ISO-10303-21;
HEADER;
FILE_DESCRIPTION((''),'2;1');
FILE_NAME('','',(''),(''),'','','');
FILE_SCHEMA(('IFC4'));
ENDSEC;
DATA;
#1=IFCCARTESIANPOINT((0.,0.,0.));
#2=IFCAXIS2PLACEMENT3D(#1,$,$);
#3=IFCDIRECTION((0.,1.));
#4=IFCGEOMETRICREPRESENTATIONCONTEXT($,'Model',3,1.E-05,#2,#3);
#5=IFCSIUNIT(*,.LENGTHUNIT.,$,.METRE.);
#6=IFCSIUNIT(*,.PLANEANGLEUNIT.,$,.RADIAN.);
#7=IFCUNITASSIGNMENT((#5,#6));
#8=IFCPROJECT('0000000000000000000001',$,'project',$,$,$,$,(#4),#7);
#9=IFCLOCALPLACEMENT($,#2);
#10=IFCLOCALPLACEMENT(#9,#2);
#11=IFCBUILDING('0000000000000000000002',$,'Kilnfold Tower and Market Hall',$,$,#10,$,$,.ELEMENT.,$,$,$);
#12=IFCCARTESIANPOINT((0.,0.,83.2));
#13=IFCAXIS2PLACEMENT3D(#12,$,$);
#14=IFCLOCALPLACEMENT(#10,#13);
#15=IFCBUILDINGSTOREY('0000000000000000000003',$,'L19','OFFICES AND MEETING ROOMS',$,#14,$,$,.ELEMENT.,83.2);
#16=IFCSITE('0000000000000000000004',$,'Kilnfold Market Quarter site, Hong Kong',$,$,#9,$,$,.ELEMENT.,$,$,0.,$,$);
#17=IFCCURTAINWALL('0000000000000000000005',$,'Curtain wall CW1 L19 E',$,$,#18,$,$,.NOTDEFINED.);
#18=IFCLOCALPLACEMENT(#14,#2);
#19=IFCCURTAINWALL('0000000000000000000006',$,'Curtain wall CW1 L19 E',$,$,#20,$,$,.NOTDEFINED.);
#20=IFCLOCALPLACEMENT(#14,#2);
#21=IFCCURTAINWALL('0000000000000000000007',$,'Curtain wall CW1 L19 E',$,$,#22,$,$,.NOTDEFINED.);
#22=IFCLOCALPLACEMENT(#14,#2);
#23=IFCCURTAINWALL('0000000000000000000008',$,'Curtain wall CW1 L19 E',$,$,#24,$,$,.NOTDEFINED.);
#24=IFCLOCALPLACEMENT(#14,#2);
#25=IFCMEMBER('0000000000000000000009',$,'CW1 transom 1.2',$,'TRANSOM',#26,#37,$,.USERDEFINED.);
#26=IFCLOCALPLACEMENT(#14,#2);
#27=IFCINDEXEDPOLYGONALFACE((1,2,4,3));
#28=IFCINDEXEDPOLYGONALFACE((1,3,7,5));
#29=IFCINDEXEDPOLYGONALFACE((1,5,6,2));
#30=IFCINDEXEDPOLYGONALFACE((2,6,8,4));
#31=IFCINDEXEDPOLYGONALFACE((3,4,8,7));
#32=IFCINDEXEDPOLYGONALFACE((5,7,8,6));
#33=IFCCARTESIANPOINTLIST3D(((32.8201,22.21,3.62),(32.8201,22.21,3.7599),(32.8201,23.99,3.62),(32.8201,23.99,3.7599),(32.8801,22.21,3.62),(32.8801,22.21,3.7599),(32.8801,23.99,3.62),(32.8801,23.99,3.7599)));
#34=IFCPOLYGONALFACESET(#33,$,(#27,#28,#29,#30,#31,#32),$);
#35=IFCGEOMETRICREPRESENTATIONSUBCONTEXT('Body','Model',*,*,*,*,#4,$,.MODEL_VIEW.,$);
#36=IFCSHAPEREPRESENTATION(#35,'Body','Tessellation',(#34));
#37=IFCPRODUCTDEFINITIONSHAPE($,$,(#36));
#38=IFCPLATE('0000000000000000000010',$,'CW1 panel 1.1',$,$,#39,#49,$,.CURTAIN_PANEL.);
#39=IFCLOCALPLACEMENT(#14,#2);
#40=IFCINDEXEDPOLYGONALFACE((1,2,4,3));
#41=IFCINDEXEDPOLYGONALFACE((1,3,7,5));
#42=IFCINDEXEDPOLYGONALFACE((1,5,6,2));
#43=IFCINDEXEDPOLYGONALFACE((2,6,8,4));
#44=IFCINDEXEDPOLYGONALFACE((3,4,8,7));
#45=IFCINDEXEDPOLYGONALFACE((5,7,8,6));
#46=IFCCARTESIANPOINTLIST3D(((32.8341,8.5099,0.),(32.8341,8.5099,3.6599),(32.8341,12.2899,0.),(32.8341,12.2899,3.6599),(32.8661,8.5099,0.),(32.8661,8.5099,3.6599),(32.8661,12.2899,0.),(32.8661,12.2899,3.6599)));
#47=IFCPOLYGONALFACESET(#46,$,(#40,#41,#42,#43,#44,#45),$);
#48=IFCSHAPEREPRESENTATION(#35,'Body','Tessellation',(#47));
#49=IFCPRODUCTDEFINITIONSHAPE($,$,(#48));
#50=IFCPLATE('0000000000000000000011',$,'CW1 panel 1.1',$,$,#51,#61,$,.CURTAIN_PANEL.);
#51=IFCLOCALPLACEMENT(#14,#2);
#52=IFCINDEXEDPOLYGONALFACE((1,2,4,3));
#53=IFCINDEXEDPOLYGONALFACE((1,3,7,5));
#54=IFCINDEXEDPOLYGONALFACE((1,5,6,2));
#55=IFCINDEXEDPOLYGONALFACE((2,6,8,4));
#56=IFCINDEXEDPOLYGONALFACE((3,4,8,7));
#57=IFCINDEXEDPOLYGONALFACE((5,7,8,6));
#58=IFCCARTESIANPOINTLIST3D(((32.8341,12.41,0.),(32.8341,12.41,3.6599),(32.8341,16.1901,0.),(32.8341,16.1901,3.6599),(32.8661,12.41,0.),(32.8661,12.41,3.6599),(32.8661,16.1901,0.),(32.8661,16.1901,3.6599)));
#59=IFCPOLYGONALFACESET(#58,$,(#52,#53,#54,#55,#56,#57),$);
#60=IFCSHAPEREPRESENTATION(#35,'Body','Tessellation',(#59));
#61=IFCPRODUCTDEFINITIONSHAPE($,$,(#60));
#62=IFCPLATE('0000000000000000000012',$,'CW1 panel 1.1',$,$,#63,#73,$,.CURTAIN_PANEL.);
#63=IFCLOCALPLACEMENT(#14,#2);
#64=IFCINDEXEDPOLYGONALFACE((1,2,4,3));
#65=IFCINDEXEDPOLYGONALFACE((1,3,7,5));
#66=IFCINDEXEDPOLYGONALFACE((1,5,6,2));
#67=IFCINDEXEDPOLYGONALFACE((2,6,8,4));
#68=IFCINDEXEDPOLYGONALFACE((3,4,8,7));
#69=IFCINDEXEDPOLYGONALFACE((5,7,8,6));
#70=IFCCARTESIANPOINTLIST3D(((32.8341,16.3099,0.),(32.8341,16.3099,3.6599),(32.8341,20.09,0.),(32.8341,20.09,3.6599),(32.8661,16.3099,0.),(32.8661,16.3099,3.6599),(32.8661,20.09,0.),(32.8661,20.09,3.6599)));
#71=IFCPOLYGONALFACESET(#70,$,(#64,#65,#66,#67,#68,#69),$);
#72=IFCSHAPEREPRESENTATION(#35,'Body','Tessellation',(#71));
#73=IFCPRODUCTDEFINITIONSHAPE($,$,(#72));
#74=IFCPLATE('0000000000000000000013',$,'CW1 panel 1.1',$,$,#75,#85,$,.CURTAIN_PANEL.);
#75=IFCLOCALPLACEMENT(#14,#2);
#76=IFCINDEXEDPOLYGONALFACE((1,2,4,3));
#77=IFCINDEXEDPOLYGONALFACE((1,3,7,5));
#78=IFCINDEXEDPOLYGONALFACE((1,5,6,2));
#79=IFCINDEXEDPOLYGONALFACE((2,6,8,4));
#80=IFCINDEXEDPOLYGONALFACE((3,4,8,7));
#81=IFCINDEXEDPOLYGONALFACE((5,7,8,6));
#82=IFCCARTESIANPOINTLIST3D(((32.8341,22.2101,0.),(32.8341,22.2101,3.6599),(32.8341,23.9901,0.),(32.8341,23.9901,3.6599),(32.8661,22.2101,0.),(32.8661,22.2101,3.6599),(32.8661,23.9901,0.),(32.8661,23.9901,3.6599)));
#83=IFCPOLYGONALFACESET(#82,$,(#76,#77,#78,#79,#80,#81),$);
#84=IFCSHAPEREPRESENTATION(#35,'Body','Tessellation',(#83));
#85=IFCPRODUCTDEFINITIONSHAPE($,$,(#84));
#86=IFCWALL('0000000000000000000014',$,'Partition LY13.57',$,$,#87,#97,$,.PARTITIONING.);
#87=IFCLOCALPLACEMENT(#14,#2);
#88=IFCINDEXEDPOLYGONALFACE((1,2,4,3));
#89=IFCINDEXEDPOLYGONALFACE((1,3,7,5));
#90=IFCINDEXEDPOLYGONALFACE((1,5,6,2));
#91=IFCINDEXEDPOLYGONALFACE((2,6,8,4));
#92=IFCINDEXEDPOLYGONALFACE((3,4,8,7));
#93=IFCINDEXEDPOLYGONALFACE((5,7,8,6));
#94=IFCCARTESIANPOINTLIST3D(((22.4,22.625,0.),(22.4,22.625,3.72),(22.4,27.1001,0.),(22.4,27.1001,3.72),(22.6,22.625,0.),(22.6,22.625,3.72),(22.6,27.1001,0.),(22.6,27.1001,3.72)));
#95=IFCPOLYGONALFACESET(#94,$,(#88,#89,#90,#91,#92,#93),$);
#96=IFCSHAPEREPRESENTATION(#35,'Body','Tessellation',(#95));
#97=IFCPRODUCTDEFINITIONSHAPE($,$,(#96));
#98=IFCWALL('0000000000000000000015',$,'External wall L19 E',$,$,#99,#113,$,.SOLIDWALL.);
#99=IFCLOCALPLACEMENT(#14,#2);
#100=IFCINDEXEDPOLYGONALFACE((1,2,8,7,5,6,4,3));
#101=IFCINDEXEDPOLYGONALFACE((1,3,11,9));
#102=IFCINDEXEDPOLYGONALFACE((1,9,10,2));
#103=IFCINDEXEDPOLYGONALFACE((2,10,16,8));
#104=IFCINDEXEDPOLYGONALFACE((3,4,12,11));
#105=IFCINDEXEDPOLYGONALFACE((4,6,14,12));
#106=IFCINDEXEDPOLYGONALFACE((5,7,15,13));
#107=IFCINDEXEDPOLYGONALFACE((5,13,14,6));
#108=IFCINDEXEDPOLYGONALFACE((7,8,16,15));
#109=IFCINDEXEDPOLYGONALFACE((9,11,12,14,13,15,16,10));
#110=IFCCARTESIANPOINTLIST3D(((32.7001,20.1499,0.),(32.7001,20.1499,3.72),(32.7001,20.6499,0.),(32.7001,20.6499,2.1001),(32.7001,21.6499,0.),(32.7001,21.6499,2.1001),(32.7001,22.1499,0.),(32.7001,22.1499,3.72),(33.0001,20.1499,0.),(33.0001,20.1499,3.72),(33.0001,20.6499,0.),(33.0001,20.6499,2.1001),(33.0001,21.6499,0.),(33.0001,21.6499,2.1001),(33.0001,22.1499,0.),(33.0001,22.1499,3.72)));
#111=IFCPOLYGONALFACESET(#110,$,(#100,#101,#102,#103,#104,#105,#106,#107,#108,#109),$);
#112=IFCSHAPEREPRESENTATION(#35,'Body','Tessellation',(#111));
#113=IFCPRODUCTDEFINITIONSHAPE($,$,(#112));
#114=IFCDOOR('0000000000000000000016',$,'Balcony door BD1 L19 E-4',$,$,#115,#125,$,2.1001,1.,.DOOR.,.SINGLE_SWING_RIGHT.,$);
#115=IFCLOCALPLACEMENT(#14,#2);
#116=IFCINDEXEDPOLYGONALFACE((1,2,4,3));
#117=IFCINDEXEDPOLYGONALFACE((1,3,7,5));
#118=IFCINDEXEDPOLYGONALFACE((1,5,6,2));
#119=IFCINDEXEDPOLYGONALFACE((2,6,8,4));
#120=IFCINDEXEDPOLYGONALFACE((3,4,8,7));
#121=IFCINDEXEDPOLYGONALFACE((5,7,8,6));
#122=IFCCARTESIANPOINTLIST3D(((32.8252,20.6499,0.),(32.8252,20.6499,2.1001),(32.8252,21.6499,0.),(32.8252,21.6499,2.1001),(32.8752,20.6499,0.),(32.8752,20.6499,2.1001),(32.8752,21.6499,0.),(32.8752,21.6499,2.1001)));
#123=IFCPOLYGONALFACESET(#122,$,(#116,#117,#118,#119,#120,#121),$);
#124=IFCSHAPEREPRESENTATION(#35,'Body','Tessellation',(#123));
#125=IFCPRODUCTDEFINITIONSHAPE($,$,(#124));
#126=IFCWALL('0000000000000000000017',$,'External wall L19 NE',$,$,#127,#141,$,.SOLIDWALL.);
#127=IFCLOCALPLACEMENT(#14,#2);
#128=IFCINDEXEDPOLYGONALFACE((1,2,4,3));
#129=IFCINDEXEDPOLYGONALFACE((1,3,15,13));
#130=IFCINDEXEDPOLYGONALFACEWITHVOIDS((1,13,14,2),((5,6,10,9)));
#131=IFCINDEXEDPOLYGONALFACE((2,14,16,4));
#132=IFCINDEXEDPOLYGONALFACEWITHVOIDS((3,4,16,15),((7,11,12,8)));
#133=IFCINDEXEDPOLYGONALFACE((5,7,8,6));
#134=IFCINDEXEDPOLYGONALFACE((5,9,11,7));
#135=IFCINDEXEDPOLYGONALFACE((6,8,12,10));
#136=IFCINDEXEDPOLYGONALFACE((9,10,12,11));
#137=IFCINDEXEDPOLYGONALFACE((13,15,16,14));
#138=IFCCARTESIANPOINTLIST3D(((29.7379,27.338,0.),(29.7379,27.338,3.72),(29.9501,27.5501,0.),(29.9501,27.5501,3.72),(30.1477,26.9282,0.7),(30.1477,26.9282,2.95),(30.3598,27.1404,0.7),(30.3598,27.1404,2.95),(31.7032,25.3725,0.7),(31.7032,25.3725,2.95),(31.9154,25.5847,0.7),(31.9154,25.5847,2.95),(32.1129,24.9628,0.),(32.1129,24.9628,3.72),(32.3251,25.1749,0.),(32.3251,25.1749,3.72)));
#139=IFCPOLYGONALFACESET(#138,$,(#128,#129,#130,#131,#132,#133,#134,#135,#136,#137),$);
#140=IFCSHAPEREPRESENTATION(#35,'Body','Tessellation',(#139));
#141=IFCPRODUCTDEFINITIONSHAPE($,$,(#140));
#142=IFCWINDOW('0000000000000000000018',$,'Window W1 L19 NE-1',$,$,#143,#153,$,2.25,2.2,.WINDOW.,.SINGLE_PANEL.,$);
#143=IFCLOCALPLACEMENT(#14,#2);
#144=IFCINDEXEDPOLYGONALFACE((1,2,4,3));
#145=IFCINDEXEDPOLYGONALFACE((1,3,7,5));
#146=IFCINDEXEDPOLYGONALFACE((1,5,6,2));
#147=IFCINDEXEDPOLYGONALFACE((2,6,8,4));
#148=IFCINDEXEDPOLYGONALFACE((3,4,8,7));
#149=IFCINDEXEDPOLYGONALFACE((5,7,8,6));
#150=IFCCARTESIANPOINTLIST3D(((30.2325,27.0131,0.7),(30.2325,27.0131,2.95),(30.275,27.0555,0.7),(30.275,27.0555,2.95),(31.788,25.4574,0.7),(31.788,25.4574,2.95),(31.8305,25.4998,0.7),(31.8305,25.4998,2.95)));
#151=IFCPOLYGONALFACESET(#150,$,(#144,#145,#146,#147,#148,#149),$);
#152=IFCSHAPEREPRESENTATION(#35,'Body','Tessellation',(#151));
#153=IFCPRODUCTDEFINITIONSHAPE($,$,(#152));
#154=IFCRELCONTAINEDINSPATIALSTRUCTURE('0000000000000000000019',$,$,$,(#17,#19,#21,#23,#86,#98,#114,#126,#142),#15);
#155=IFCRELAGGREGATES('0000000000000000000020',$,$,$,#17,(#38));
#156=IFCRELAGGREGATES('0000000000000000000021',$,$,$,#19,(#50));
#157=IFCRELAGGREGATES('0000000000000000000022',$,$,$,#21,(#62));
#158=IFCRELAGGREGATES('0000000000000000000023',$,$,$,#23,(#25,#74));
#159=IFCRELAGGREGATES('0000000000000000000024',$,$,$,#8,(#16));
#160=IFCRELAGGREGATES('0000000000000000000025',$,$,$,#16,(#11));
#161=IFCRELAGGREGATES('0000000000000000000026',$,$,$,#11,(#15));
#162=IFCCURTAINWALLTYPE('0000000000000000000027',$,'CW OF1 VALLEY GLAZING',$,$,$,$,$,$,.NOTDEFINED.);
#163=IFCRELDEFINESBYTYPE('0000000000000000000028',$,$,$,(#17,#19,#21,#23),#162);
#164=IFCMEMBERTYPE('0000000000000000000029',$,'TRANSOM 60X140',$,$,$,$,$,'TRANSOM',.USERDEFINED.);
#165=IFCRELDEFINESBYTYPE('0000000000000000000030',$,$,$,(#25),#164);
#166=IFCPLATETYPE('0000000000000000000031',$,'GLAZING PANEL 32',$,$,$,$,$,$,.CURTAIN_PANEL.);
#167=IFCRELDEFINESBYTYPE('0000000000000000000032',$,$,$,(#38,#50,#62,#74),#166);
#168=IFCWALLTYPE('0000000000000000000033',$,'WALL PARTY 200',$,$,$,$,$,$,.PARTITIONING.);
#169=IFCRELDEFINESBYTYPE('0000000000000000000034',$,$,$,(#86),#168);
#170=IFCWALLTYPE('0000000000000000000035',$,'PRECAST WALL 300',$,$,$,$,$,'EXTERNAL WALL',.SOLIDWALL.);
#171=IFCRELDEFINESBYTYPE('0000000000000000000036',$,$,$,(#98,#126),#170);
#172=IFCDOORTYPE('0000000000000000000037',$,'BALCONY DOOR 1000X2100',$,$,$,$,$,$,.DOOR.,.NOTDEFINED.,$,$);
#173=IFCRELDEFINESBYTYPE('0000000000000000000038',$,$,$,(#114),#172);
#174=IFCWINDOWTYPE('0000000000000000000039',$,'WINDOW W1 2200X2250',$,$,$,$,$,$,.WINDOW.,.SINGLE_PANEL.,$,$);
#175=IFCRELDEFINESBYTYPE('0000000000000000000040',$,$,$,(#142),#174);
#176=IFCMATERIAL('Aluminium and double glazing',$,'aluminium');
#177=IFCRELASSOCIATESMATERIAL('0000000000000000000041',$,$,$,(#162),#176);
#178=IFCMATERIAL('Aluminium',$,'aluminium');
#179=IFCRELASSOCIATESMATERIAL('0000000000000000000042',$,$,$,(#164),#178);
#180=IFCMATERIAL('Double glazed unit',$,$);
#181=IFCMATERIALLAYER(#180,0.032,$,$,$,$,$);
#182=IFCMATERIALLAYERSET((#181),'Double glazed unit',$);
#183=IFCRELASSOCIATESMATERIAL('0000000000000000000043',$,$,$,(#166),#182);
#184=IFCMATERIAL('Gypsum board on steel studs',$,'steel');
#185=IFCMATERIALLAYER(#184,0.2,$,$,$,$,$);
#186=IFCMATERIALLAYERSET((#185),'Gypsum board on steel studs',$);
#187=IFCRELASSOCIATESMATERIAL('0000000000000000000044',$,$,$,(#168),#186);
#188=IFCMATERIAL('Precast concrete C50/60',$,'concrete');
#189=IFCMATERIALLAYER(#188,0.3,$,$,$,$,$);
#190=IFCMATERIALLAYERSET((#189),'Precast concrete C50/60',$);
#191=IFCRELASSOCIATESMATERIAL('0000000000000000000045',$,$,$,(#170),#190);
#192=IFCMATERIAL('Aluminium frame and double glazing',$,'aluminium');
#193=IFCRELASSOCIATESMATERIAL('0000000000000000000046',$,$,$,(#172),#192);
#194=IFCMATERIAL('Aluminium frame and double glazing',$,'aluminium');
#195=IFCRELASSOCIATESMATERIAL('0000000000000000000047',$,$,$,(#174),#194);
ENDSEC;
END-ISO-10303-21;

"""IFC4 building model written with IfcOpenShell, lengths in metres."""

from ifc_helpers import new_model, si_unit, direction, frame, frame_2d, origin, origin_2d, place, context, subcontext, project, spatial, rectangle, extrude, source, transform, mapped, material, layer, layer_set, material_profile, profile_set, type_object, element, fill, aggregate, save


model = new_model("IFC4")

# Units and contexts
model_context = context("Model", 3, precision=1e-05, world=origin(), true_north=direction((0.0, 1.0)))
body_context = subcontext(model_context, "Body", "Model", "MODEL_VIEW")
ifc_project = project(units=[si_unit("LENGTHUNIT", "METRE"), si_unit("PLANEANGLEUNIT", "RADIAN")], contexts=[model_context])

# Site, building, storey
site_placement = place(None, origin())
site = spatial("IfcSite", under=ifc_project, at=site_placement, Name="Kilnfold Market Quarter site, Hong Kong", CompositionType="ELEMENT", RefElevation=0.0)
building_placement = place(site_placement, origin())
building = spatial("IfcBuilding", under=site, at=building_placement, Name="Kilnfold Tower and Market Hall", CompositionType="ELEMENT")
storey_placement = place(building_placement, frame((0.0, 0.0, 83.2)))
storey = spatial("IfcBuildingStorey", under=building, at=storey_placement, Name="L19", Description="OFFICES AND MEETING ROOMS", CompositionType="ELEMENT", Elevation=83.2)

# Curtain wall
ifc_material_1 = material(Name="Aluminium and double glazing", Category="aluminium")
curtain_wall_type = type_object("IfcCurtainWallType", Name="CW OF1 VALLEY GLAZING", PredefinedType="NOTDEFINED", material=ifc_material_1)
curtain_wall_1_placement = place(storey_placement, origin())
curtain_wall_1 = element("IfcCurtainWall", 1, at=curtain_wall_1_placement, inside=storey, type_object=curtain_wall_type, Name="Curtain wall CW1 L19 E", PredefinedType="NOTDEFINED")

# Curtain walls
curtain_wall_2_placement = place(storey_placement, origin())
curtain_wall_2 = element("IfcCurtainWall", 2, at=curtain_wall_2_placement, inside=storey, type_object=curtain_wall_type, Name="Curtain wall CW1 L19 E", PredefinedType="NOTDEFINED")
curtain_wall_3_placement = place(storey_placement, origin())
curtain_wall_3 = element("IfcCurtainWall", 3, at=curtain_wall_3_placement, inside=storey, type_object=curtain_wall_type, Name="Curtain wall CW1 L19 E", PredefinedType="NOTDEFINED")
curtain_wall_4_placement = place(storey_placement, origin())
curtain_wall_4 = element("IfcCurtainWall", 4, at=curtain_wall_4_placement, inside=storey, type_object=curtain_wall_type, Name="Curtain wall CW1 L19 E", PredefinedType="NOTDEFINED")

# Member
ifc_material_2 = material(Name="Aluminium", Category="aluminium")
ifc_material_profile_1 = material_profile(ifc_material_2, rectangle(XDim=0.0601, YDim=0.1399, at=origin_2d()), Name="TRANSOM 60x140")
ifc_profile_set_1 = profile_set([ifc_material_profile_1], Name="Aluminium")
member_type_1 = type_object("IfcMemberType", Name="TRANSOM 60X140", ElementType="TRANSOM", PredefinedType="USERDEFINED", material=ifc_profile_set_1)
shared_shape_1 = source(origin(), body_context, "Body", "SweptSolid", [
    extrude(rectangle(XDim=0.0601, YDim=0.1399, at=origin_2d()), origin(), (0.0, 0.0, 1.0), 1.78),
])
member_1_placement = place(storey_placement, frame((32.8501, 22.21, 3.6899), z_axis=(0.0, 1.0, 0.0), x_axis=(-1.0, 0.0, 0.0)))
member_1 = element("IfcMember", 5, at=member_1_placement, type_object=member_type_1, Name="CW1 transom 1.2", ObjectType="TRANSOM", PredefinedType="USERDEFINED", context=body_context, shape_type="MappedRepresentation", body=[
    mapped(shared_shape_1, transform((0.0, 0.0, 0.0))),
])

# Plates
ifc_material_3 = material(Name="Double glazed unit")
ifc_layer_1 = layer(ifc_material_3, 0.032)
ifc_layer_set_1 = layer_set([ifc_layer_1], Name="Double glazed unit")
plate_type = type_object("IfcPlateType", Name="GLAZING PANEL 32", PredefinedType="CURTAIN_PANEL", material=ifc_layer_set_1)
shared_shape_2 = source(origin(), body_context, "Body", "SweptSolid", [
    extrude(rectangle(XDim=3.78, YDim=0.032, at=origin_2d()), origin(), (0.0, 0.0, 1.0), 3.6599),
])
plate_1_placement = place(storey_placement, frame((32.8501, 10.3999, 0.0), z_axis=(0.0, 0.0, 1.0), x_axis=(0.0, 1.0, 0.0)))
plate_1 = element("IfcPlate", 6, at=plate_1_placement, type_object=plate_type, Name="CW1 panel 1.1", PredefinedType="CURTAIN_PANEL", context=body_context, shape_type="MappedRepresentation", body=[
    mapped(shared_shape_2, transform((0.0, 0.0, 0.0))),
])
aggregate(curtain_wall_1, [plate_1])
plate_2_placement = place(storey_placement, frame((32.8501, 14.3, 0.0), z_axis=(0.0, 0.0, 1.0), x_axis=(0.0, 1.0, 0.0)))
plate_2 = element("IfcPlate", 7, at=plate_2_placement, type_object=plate_type, Name="CW1 panel 1.1", PredefinedType="CURTAIN_PANEL", context=body_context, shape_type="MappedRepresentation", body=[
    mapped(shared_shape_2, transform((0.0, 0.0, 0.0))),
])
aggregate(curtain_wall_2, [plate_2])
plate_3_placement = place(storey_placement, frame((32.8501, 18.2, 0.0), z_axis=(0.0, 0.0, 1.0), x_axis=(0.0, 1.0, 0.0)))
plate_3 = element("IfcPlate", 8, at=plate_3_placement, type_object=plate_type, Name="CW1 panel 1.1", PredefinedType="CURTAIN_PANEL", context=body_context, shape_type="MappedRepresentation", body=[
    mapped(shared_shape_2, transform((0.0, 0.0, 0.0))),
])
aggregate(curtain_wall_3, [plate_3])
shared_shape_3 = source(origin(), body_context, "Body", "SweptSolid", [
    extrude(rectangle(XDim=1.78, YDim=0.032, at=origin_2d()), origin(), (0.0, 0.0, 1.0), 3.6599),
])
plate_4_placement = place(storey_placement, frame((32.8501, 23.1001, 0.0), z_axis=(0.0, 0.0, 1.0), x_axis=(0.0, 1.0, 0.0)))
plate_4 = element("IfcPlate", 9, at=plate_4_placement, type_object=plate_type, Name="CW1 panel 1.1", PredefinedType="CURTAIN_PANEL", context=body_context, shape_type="MappedRepresentation", body=[
    mapped(shared_shape_3, transform((0.0, 0.0, 0.0))),
])
aggregate(curtain_wall_4, [member_1, plate_4])

# Wall
ifc_material_4 = material(Name="Gypsum board on steel studs", Category="steel")
ifc_layer_2 = layer(ifc_material_4, 0.2)
ifc_layer_set_2 = layer_set([ifc_layer_2], Name="Gypsum board on steel studs")
wall_type_1 = type_object("IfcWallType", Name="WALL PARTY 200", PredefinedType="PARTITIONING", material=ifc_layer_set_2)
wall_1_placement = place(storey_placement, frame((22.5, 22.625, 0.0), z_axis=(0.0, 0.0, 1.0), x_axis=(0.0, 1.0, 0.0)))
element("IfcWall", 10, at=wall_1_placement, inside=storey, type_object=wall_type_1, Name="Partition LY13.57", PredefinedType="PARTITIONING", context=body_context, shape_type="SweptSolid", body=[
    extrude(rectangle(XDim=4.4751, YDim=0.2, at=frame_2d((2.2375, 0.0))), origin(), (0.0, 0.0, 1.0), 3.72),
])

# Wall, opening, door
ifc_material_5 = material(Name="Precast concrete C50/60", Category="concrete")
ifc_layer_3 = layer(ifc_material_5, 0.3)
ifc_layer_set_3 = layer_set([ifc_layer_3], Name="Precast concrete C50/60")
wall_type_2 = type_object("IfcWallType", Name="PRECAST WALL 300", ElementType="EXTERNAL WALL", PredefinedType="SOLIDWALL", material=ifc_layer_set_3)
shared_shape_4 = source(origin(), body_context, "Body", "SweptSolid", [
    extrude(rectangle(XDim=2.0, YDim=0.3, at=frame_2d((1.0, 0.0))), origin(), (0.0, 0.0, 1.0), 3.72),
])
wall_2_placement = place(storey_placement, frame((32.8501, 20.1499, 0.0), z_axis=(0.0, 0.0, 1.0), x_axis=(0.0, 1.0, 0.0)))
wall_2 = element("IfcWall", 11, at=wall_2_placement, inside=storey, type_object=wall_type_2, Name="External wall L19 E", PredefinedType="SOLIDWALL", context=body_context, shape_type="MappedRepresentation", body=[
    mapped(shared_shape_4, transform((0.0, 0.0, 0.0))),
])
opening_1_placement = place(wall_2_placement, frame((0.5, 0.0, 0.0)))
opening_1 = element("IfcOpeningElement", 12, at=opening_1_placement, cuts=wall_2, PredefinedType="OPENING", context=body_context, shape_type="SweptSolid", body=[
    extrude(rectangle(XDim=1.0, YDim=2.1001, at=frame_2d((0.5, 1.05))), frame((0.0, 0.1602, 0.0), z_axis=(0.0, -1.0, 0.0), x_axis=(1.0, 0.0, 0.0)), (0.0, 0.0, 1.0), 0.3201),
])
ifc_material_6 = material(Name="Aluminium frame and double glazing", Category="aluminium")
door_type = type_object("IfcDoorType", Name="BALCONY DOOR 1000X2100", OperationType="NOTDEFINED", PredefinedType="DOOR", material=ifc_material_6)
door_placement = place(opening_1_placement, origin())
door = element("IfcDoor", 13, at=door_placement, inside=storey, type_object=door_type, Name="Balcony door BD1 L19 E-4", OperationType="SINGLE_SWING_RIGHT", OverallHeight=2.1001, OverallWidth=1.0, PredefinedType="DOOR", context=body_context, shape_type="SweptSolid", body=[
    extrude(rectangle(XDim=1.0, YDim=2.1001, at=frame_2d((0.5, 1.05))), frame((0.0, 0.0249, 0.0), z_axis=(0.0, -1.0, 0.0), x_axis=(1.0, 0.0, 0.0)), (0.0, 0.0, 1.0), 0.05),
])
fill(opening_1, door)

# Wall, opening, window
shared_shape_5 = source(origin(), body_context, "Body", "SweptSolid", [
    extrude(rectangle(XDim=3.3589, YDim=0.3, at=frame_2d((1.6794, 0.0))), origin(), (0.0, 0.0, 1.0), 3.72),
])
wall_3_placement = place(storey_placement, frame((32.219, 25.0688, 0.0), z_axis=(0.0, 0.0, 1.0), x_axis=(-0.70707, 0.707143, 0.0)))
wall_3 = element("IfcWall", 14, at=wall_3_placement, inside=storey, type_object=wall_type_2, Name="External wall L19 NE", PredefinedType="SOLIDWALL", context=body_context, shape_type="MappedRepresentation", body=[
    mapped(shared_shape_5, transform((0.0, 0.0, 0.0))),
])
opening_2_placement = place(wall_3_placement, frame((0.5793, 0.0, 0.7)))
opening_2 = element("IfcOpeningElement", 15, at=opening_2_placement, cuts=wall_3, PredefinedType="OPENING", context=body_context, shape_type="SweptSolid", body=[
    extrude(rectangle(XDim=2.2, YDim=2.25, at=frame_2d((1.1001, 1.125))), frame((0.0, 0.1602, 0.0), z_axis=(0.0, -1.0, 0.0), x_axis=(1.0, 0.0, 0.0)), (0.0, 0.0, 1.0), 0.3201),
])
ifc_material_7 = material(Name="Aluminium frame and double glazing", Category="aluminium")
window_type = type_object("IfcWindowType", Name="WINDOW W1 2200X2250", PartitioningType="SINGLE_PANEL", PredefinedType="WINDOW", material=ifc_material_7)
window_1_placement = place(opening_2_placement, origin())
window_1 = element("IfcWindow", 16, at=window_1_placement, inside=storey, type_object=window_type, Name="Window W1 L19 NE-1", OverallHeight=2.25, OverallWidth=2.2, PartitioningType="SINGLE_PANEL", PredefinedType="WINDOW", context=body_context, shape_type="SweptSolid", body=[
    extrude(rectangle(XDim=2.2, YDim=2.25, at=frame_2d((1.1001, 1.125))), frame((0.0, 0.03, 0.0), z_axis=(0.0, -1.0, 0.0), x_axis=(1.0, 0.0, 0.0)), (0.0, 0.0, 1.0), 0.0601),
])
fill(opening_2, window_1)

save(model, "model.ifc")
